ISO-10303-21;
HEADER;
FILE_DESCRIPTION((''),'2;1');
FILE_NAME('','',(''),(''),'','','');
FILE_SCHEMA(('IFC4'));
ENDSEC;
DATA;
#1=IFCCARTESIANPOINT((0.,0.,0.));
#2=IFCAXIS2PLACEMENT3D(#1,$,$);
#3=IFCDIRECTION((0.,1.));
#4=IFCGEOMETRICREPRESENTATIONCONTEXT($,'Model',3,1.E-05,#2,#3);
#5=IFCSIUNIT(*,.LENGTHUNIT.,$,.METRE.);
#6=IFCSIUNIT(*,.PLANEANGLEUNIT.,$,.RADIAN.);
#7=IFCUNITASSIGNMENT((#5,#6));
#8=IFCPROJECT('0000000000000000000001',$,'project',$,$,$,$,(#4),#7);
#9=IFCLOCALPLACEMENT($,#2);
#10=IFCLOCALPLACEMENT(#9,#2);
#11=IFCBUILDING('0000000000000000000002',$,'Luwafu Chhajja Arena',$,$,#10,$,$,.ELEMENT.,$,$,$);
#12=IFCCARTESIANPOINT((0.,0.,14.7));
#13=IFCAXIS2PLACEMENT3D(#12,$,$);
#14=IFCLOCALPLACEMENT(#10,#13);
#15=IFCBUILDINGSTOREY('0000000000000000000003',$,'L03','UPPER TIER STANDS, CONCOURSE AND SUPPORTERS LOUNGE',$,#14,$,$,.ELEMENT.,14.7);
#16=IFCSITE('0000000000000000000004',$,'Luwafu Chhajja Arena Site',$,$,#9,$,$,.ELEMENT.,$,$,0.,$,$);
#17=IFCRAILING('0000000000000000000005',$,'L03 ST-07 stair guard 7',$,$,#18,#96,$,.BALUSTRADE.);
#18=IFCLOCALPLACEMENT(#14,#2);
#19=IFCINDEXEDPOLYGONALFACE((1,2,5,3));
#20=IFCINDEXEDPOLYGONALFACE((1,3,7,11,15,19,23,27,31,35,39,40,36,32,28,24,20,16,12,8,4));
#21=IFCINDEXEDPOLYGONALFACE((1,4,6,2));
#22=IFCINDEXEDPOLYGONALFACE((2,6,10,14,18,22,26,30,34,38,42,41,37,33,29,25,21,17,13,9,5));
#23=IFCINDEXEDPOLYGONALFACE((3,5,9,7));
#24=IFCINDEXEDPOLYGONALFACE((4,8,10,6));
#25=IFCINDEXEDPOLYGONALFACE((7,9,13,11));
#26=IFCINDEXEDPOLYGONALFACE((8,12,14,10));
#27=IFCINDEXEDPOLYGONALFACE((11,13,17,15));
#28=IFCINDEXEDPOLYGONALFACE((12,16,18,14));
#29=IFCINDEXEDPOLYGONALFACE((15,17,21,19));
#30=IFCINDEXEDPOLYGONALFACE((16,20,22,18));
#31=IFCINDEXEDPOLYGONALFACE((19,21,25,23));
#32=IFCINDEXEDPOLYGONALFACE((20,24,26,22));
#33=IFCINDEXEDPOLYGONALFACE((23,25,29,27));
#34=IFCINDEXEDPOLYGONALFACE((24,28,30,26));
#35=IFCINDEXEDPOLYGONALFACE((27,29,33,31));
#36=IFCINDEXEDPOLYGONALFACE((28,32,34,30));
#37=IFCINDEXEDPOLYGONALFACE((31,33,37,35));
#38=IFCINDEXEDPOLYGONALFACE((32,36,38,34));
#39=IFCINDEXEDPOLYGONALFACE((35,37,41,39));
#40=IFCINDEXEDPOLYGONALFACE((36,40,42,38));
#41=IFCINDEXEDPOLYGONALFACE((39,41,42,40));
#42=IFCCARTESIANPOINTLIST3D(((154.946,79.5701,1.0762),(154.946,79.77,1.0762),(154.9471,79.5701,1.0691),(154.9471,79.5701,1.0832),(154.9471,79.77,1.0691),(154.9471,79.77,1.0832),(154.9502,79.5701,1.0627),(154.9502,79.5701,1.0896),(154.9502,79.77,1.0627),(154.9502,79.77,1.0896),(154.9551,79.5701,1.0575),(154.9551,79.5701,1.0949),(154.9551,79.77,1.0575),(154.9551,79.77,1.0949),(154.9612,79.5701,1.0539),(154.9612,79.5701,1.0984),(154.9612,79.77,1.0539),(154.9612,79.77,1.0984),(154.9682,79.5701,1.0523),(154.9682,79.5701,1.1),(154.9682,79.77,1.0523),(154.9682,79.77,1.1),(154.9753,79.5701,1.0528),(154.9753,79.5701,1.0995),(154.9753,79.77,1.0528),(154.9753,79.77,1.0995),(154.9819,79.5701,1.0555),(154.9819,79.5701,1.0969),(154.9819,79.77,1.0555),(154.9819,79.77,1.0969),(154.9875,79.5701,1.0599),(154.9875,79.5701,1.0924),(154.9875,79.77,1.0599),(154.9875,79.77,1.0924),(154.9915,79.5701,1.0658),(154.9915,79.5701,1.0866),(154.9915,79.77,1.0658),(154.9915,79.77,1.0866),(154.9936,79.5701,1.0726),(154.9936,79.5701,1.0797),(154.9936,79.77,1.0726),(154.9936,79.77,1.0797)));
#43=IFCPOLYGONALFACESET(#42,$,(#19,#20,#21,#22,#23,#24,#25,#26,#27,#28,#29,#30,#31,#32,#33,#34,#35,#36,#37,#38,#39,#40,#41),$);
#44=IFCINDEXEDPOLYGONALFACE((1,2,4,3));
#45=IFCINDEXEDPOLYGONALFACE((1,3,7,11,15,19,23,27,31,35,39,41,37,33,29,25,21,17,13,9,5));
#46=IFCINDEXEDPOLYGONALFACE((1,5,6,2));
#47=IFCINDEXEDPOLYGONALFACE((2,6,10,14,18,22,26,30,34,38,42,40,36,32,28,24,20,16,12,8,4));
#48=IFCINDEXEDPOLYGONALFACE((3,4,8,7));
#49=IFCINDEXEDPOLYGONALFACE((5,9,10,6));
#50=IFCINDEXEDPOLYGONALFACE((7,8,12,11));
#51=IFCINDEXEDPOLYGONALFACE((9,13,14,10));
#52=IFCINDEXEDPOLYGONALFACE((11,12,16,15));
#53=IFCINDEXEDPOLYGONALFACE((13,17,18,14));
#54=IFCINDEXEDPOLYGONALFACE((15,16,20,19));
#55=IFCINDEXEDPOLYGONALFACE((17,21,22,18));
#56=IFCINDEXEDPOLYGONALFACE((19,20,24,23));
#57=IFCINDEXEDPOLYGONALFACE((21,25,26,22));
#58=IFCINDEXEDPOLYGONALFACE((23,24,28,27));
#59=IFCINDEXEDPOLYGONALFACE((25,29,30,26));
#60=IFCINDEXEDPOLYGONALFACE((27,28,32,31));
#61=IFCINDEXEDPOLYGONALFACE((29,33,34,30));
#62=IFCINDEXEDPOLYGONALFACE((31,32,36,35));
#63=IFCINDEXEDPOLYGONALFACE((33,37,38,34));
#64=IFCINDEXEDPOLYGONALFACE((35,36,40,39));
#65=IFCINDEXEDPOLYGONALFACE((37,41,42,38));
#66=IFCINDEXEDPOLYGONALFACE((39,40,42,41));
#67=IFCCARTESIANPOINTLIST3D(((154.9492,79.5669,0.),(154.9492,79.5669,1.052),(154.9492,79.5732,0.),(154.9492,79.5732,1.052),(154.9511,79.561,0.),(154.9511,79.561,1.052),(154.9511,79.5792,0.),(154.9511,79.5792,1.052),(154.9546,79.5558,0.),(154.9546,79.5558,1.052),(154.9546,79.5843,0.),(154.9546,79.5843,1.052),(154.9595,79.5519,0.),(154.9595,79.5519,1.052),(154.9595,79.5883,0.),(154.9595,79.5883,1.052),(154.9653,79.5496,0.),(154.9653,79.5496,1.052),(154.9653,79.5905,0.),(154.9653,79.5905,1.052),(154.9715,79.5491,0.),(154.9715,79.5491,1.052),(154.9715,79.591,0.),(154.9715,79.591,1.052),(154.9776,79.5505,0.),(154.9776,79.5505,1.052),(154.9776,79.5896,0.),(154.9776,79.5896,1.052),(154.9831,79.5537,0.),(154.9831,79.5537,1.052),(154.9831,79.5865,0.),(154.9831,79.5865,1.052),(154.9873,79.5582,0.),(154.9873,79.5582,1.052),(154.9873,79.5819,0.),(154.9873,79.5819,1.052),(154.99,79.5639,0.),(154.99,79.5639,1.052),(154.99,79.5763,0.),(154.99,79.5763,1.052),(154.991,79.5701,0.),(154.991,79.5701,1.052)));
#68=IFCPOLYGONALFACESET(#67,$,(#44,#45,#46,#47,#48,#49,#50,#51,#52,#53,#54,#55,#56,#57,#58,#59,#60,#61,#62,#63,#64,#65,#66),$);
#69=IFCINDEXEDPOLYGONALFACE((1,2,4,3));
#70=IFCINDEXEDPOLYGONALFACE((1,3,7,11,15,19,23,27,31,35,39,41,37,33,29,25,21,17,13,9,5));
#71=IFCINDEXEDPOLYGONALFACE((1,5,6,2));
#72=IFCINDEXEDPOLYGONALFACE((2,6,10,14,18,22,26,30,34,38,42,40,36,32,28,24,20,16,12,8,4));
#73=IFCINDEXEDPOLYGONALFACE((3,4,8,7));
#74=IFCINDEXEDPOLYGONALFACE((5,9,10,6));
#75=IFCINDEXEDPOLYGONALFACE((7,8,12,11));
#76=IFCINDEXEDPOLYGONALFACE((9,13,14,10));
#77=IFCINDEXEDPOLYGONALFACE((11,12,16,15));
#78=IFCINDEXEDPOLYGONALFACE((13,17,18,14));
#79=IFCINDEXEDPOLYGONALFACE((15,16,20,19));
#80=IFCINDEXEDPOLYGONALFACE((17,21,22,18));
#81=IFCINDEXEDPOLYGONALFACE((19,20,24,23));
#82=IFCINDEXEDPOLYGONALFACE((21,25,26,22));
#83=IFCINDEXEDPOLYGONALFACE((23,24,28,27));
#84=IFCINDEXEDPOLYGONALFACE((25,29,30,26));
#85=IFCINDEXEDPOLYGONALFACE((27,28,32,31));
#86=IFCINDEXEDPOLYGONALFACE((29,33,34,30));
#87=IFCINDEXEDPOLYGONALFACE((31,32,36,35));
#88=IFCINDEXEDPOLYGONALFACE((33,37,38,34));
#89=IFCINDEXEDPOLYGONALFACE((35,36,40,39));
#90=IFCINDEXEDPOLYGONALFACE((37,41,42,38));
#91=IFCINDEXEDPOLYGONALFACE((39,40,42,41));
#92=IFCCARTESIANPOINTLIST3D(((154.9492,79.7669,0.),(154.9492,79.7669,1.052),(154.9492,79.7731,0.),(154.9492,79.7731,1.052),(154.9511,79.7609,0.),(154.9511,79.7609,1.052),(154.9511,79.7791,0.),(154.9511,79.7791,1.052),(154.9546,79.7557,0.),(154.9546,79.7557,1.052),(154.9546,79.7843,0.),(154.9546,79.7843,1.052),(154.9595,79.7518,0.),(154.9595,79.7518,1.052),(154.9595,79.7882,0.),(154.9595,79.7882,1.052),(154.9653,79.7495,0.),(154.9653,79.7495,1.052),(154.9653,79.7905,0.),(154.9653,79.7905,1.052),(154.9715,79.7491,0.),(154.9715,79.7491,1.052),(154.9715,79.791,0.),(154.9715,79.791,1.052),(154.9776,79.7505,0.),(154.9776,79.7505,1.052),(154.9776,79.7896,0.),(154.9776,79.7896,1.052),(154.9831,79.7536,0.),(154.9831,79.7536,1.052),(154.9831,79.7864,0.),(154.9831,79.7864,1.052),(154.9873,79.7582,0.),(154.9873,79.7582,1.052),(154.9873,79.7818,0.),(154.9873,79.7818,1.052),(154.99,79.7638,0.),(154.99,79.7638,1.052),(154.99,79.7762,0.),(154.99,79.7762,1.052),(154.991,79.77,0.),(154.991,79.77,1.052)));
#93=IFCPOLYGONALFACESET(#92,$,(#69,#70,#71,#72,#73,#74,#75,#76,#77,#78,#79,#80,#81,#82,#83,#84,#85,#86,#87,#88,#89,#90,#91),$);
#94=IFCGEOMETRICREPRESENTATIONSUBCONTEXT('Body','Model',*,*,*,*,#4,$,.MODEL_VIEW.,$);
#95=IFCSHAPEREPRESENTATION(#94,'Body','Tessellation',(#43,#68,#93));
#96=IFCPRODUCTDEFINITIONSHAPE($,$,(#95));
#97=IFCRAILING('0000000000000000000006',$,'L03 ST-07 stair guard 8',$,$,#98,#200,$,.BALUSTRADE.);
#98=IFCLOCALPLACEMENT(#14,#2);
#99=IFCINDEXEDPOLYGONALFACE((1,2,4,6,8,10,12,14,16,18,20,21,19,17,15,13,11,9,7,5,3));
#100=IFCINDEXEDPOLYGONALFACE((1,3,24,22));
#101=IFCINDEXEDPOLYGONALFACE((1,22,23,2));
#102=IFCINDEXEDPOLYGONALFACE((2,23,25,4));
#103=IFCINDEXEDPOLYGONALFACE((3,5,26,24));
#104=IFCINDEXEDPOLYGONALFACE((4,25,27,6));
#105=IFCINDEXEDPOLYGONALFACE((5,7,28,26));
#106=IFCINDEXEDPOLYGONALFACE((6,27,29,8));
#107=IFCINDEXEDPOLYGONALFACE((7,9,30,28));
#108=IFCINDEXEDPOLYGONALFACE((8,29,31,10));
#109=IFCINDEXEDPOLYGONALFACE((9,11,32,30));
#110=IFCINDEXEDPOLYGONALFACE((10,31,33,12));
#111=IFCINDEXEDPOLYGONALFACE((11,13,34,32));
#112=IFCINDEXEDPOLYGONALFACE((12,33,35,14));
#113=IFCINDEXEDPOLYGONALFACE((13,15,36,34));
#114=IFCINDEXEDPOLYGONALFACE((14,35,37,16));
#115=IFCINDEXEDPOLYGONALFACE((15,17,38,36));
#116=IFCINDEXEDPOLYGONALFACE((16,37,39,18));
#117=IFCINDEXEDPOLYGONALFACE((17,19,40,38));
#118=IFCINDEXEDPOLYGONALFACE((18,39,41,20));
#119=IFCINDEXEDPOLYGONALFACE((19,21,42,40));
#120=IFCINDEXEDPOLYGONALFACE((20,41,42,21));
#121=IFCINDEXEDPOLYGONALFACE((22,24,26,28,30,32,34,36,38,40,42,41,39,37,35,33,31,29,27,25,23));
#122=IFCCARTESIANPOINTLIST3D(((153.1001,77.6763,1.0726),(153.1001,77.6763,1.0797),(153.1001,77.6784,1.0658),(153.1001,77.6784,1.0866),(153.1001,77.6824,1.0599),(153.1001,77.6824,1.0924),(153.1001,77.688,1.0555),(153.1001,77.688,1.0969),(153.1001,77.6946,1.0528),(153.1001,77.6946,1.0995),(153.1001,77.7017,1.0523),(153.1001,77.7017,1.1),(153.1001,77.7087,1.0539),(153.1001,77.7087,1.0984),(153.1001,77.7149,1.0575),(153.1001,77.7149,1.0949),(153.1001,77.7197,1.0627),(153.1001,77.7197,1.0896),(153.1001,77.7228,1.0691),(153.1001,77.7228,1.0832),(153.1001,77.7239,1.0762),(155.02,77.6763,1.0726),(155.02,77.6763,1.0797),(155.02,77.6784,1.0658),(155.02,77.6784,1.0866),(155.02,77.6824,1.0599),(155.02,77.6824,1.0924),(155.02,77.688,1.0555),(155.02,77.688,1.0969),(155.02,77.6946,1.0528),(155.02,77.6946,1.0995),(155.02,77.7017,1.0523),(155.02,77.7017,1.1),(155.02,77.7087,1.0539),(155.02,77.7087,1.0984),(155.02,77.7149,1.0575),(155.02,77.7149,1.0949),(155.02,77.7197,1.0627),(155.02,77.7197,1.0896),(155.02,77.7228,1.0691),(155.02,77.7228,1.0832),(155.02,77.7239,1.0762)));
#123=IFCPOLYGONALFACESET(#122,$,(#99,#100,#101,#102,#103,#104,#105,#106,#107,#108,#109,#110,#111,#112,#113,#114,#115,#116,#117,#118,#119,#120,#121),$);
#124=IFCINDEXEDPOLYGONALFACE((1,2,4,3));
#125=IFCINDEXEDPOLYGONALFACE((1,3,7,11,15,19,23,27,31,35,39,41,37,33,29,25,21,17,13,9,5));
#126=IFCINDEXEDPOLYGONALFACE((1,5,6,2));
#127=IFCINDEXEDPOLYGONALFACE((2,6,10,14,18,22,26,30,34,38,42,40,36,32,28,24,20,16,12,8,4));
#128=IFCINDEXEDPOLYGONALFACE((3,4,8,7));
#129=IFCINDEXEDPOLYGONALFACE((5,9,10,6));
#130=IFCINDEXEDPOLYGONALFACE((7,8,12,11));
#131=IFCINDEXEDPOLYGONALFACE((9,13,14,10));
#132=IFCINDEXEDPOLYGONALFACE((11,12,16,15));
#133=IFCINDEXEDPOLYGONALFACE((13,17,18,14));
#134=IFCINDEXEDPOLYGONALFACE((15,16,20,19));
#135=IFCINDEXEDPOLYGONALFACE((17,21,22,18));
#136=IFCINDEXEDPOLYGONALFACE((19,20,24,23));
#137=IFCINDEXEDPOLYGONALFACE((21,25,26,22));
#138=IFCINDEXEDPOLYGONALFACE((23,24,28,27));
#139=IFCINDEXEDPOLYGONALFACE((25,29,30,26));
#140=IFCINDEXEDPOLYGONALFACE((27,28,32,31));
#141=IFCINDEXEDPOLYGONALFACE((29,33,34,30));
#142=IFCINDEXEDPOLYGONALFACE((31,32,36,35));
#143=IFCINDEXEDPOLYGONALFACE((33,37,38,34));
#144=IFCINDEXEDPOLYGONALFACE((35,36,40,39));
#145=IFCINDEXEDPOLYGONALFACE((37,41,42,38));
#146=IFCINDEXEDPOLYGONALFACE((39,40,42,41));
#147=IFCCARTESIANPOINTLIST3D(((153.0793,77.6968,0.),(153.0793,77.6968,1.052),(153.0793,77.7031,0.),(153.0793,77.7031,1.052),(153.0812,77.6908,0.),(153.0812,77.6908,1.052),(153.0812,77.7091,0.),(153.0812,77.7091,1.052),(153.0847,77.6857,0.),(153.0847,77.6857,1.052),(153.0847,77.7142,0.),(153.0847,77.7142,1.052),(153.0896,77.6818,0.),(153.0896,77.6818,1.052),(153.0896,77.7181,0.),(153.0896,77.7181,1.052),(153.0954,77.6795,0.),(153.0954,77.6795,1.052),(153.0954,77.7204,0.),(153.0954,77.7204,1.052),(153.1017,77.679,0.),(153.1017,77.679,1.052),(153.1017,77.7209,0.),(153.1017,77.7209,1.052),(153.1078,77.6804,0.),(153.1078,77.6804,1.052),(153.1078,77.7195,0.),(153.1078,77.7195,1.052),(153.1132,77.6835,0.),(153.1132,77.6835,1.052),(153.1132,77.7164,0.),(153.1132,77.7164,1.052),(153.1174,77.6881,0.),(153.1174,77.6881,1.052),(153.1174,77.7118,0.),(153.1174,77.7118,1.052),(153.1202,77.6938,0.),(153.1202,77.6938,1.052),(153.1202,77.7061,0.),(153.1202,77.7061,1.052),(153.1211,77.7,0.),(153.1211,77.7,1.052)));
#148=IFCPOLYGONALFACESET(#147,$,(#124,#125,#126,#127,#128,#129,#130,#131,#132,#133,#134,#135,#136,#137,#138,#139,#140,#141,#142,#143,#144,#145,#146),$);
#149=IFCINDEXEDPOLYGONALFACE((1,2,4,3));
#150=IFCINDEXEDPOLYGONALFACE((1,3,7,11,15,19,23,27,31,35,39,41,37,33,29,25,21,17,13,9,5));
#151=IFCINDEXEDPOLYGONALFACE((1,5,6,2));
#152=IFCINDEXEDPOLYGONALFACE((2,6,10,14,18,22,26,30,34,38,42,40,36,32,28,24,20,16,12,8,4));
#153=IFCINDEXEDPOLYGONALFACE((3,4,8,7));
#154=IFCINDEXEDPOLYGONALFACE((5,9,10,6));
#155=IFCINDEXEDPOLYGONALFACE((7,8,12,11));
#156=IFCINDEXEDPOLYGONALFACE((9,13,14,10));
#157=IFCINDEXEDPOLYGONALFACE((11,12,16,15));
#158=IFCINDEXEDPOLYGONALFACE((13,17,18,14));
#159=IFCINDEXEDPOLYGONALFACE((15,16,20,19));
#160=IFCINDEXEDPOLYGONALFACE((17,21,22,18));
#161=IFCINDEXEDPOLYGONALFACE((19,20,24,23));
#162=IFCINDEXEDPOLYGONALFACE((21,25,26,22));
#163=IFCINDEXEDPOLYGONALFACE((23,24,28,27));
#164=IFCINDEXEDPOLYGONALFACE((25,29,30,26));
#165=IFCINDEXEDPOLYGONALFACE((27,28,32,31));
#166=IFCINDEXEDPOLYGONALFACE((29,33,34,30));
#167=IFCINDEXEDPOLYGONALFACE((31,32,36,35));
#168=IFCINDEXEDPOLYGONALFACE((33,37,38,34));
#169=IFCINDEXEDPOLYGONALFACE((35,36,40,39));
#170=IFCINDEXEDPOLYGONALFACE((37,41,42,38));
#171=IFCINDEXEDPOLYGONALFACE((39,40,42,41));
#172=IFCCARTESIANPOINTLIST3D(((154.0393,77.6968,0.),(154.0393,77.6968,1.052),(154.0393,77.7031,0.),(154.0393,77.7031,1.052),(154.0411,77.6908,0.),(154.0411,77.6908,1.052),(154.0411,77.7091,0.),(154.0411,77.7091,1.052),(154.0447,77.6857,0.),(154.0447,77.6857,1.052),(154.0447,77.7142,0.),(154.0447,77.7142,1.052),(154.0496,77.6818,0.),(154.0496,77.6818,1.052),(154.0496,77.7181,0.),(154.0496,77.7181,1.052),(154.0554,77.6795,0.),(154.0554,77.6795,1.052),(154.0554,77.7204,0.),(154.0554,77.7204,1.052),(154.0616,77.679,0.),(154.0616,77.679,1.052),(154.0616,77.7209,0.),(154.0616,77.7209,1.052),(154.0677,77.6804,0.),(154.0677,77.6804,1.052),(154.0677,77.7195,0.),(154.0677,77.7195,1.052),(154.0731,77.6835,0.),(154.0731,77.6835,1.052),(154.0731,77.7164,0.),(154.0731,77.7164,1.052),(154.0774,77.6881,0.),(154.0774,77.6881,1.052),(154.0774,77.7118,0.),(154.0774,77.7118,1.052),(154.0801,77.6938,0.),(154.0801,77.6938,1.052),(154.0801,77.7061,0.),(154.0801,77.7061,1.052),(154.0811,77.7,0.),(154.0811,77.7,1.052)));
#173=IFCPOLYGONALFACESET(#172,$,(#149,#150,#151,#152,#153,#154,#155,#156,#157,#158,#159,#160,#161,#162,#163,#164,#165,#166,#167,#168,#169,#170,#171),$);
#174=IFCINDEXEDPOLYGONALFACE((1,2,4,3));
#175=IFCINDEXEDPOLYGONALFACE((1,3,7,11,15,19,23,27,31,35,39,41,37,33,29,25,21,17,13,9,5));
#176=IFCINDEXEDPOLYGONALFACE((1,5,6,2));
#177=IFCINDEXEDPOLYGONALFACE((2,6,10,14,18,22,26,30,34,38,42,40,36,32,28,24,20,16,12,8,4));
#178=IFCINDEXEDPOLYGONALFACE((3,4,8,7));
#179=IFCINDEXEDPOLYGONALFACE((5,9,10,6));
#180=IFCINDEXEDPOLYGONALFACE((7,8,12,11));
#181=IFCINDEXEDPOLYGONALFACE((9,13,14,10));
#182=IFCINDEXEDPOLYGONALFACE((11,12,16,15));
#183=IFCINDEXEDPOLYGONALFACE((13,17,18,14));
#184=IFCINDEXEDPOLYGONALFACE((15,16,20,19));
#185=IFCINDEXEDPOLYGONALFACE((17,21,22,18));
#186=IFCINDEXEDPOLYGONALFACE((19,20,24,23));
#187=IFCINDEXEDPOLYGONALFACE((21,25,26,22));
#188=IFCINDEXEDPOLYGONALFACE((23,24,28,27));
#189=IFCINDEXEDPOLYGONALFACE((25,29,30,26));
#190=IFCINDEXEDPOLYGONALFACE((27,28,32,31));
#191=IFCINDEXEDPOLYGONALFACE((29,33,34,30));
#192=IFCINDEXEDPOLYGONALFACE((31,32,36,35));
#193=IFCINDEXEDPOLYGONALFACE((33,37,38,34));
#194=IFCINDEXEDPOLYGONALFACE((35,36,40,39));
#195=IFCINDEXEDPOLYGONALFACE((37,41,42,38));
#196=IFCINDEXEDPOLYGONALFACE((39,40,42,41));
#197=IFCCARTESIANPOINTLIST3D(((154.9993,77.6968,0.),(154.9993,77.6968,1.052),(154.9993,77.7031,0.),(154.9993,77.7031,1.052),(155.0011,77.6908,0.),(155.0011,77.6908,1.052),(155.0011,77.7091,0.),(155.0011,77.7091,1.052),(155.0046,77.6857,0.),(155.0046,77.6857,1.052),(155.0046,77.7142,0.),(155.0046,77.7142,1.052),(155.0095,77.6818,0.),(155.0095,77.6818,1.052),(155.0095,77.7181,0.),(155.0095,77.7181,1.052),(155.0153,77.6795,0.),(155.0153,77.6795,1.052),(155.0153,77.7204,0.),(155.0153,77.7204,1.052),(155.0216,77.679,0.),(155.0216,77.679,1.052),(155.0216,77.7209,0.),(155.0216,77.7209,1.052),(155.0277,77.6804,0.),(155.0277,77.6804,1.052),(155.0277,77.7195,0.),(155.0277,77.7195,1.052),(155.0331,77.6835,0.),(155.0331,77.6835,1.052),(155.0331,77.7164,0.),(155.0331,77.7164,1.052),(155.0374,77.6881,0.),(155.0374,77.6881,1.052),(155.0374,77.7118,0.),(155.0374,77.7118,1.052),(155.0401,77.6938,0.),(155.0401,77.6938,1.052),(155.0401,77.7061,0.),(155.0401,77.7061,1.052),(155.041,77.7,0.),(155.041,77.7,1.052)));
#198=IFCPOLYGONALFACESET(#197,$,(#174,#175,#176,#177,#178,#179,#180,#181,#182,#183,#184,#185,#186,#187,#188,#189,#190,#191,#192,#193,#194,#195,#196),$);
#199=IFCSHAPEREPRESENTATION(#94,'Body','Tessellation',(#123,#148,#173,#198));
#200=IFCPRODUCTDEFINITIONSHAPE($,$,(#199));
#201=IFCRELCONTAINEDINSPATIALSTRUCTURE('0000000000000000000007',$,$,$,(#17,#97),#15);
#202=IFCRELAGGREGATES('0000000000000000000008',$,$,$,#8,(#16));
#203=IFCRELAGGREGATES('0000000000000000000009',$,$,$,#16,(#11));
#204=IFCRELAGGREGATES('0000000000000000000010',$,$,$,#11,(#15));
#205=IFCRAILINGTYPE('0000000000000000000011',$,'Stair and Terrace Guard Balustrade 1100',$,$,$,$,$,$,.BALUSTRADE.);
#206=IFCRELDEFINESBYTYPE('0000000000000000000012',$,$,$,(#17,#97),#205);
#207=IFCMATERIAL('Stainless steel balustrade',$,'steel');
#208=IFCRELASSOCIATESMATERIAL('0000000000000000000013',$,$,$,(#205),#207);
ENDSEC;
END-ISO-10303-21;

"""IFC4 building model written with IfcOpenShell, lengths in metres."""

from ifc_helpers import new_model, si_unit, direction, frame, origin, origin_2d, place, context, subcontext, project, spatial, circle, extrude, material, type_object, element, save


model = new_model("IFC4")

# Units and contexts
model_context = context("Model", 3, precision=1e-05, world=origin(), true_north=direction((0.0, 1.0)))
body_context = subcontext(model_context, "Body", "Model", "MODEL_VIEW")
ifc_project = project(units=[si_unit("LENGTHUNIT", "METRE"), si_unit("PLANEANGLEUNIT", "RADIAN")], contexts=[model_context])

# Site, building, storey
site_placement = place(None, origin())
site = spatial("IfcSite", under=ifc_project, at=site_placement, Name="Luwafu Chhajja Arena Site", CompositionType="ELEMENT", RefElevation=0.0)
building_placement = place(site_placement, origin())
building = spatial("IfcBuilding", under=site, at=building_placement, Name="Luwafu Chhajja Arena", CompositionType="ELEMENT")
storey_placement = place(building_placement, frame((0.0, 0.0, 14.7)))
storey = spatial("IfcBuildingStorey", under=building, at=storey_placement, Name="L03", Description="UPPER TIER STANDS, CONCOURSE AND SUPPORTERS LOUNGE", CompositionType="ELEMENT", Elevation=14.7)

# Railings
ifc_material_1 = material(Name="Stainless steel balustrade", Category="steel")
railing_type_1 = type_object("IfcRailingType", Name="Stair and Terrace Guard Balustrade 1100", PredefinedType="BALUSTRADE", material=ifc_material_1)
railing_1_placement = place(storey_placement, frame((154.97, 79.5701, 0.0)))
element("IfcRailing", 1, at=railing_1_placement, inside=storey, type_object=railing_type_1, Name="L03 ST-07 stair guard 7", PredefinedType="BALUSTRADE", context=body_context, shape_type="SweptSolid", body=[
    extrude(circle(Radius=0.0239, at=origin_2d()), frame((0.0, 0.0, 1.0762), z_axis=(0.0, 1.0, 0.0), x_axis=(-1.0, 0.0, 0.0)), (0.0, 0.0, 1.0), 0.2),
    extrude(circle(Radius=0.021, at=origin_2d()), origin(), (0.0, 0.0, 1.0), 1.052),
    extrude(circle(Radius=0.021, at=origin_2d()), frame((0.0, 0.2, 0.0)), (0.0, 0.0, 1.0), 1.052),
])
for number, where, name in (
    (2, (153.1001, 77.7, 0.0), "L03 ST-07 stair guard 8"),
):
    element("IfcRailing", number, at=place(storey_placement, frame(where)), inside=storey, type_object=railing_type_1, Name=name, PredefinedType="BALUSTRADE", context=body_context, shape_type="SweptSolid", body=[
        extrude(circle(Radius=0.0239, at=origin_2d()), frame((0.0, 0.0, 1.0762), z_axis=(1.0, 0.0, 0.0), x_axis=(0.0, 1.0, 0.0)), (0.0, 0.0, 1.0), 1.9199),
        extrude(circle(Radius=0.021, at=origin_2d()), origin(), (0.0, 0.0, 1.0), 1.052),
        extrude(circle(Radius=0.021, at=origin_2d()), frame((0.96, 0.0, 0.0)), (0.0, 0.0, 1.0), 1.052),
        extrude(circle(Radius=0.021, at=origin_2d()), frame((1.9199, 0.0, 0.0)), (0.0, 0.0, 1.0), 1.052),
    ])

save(model, "model.ifc")
